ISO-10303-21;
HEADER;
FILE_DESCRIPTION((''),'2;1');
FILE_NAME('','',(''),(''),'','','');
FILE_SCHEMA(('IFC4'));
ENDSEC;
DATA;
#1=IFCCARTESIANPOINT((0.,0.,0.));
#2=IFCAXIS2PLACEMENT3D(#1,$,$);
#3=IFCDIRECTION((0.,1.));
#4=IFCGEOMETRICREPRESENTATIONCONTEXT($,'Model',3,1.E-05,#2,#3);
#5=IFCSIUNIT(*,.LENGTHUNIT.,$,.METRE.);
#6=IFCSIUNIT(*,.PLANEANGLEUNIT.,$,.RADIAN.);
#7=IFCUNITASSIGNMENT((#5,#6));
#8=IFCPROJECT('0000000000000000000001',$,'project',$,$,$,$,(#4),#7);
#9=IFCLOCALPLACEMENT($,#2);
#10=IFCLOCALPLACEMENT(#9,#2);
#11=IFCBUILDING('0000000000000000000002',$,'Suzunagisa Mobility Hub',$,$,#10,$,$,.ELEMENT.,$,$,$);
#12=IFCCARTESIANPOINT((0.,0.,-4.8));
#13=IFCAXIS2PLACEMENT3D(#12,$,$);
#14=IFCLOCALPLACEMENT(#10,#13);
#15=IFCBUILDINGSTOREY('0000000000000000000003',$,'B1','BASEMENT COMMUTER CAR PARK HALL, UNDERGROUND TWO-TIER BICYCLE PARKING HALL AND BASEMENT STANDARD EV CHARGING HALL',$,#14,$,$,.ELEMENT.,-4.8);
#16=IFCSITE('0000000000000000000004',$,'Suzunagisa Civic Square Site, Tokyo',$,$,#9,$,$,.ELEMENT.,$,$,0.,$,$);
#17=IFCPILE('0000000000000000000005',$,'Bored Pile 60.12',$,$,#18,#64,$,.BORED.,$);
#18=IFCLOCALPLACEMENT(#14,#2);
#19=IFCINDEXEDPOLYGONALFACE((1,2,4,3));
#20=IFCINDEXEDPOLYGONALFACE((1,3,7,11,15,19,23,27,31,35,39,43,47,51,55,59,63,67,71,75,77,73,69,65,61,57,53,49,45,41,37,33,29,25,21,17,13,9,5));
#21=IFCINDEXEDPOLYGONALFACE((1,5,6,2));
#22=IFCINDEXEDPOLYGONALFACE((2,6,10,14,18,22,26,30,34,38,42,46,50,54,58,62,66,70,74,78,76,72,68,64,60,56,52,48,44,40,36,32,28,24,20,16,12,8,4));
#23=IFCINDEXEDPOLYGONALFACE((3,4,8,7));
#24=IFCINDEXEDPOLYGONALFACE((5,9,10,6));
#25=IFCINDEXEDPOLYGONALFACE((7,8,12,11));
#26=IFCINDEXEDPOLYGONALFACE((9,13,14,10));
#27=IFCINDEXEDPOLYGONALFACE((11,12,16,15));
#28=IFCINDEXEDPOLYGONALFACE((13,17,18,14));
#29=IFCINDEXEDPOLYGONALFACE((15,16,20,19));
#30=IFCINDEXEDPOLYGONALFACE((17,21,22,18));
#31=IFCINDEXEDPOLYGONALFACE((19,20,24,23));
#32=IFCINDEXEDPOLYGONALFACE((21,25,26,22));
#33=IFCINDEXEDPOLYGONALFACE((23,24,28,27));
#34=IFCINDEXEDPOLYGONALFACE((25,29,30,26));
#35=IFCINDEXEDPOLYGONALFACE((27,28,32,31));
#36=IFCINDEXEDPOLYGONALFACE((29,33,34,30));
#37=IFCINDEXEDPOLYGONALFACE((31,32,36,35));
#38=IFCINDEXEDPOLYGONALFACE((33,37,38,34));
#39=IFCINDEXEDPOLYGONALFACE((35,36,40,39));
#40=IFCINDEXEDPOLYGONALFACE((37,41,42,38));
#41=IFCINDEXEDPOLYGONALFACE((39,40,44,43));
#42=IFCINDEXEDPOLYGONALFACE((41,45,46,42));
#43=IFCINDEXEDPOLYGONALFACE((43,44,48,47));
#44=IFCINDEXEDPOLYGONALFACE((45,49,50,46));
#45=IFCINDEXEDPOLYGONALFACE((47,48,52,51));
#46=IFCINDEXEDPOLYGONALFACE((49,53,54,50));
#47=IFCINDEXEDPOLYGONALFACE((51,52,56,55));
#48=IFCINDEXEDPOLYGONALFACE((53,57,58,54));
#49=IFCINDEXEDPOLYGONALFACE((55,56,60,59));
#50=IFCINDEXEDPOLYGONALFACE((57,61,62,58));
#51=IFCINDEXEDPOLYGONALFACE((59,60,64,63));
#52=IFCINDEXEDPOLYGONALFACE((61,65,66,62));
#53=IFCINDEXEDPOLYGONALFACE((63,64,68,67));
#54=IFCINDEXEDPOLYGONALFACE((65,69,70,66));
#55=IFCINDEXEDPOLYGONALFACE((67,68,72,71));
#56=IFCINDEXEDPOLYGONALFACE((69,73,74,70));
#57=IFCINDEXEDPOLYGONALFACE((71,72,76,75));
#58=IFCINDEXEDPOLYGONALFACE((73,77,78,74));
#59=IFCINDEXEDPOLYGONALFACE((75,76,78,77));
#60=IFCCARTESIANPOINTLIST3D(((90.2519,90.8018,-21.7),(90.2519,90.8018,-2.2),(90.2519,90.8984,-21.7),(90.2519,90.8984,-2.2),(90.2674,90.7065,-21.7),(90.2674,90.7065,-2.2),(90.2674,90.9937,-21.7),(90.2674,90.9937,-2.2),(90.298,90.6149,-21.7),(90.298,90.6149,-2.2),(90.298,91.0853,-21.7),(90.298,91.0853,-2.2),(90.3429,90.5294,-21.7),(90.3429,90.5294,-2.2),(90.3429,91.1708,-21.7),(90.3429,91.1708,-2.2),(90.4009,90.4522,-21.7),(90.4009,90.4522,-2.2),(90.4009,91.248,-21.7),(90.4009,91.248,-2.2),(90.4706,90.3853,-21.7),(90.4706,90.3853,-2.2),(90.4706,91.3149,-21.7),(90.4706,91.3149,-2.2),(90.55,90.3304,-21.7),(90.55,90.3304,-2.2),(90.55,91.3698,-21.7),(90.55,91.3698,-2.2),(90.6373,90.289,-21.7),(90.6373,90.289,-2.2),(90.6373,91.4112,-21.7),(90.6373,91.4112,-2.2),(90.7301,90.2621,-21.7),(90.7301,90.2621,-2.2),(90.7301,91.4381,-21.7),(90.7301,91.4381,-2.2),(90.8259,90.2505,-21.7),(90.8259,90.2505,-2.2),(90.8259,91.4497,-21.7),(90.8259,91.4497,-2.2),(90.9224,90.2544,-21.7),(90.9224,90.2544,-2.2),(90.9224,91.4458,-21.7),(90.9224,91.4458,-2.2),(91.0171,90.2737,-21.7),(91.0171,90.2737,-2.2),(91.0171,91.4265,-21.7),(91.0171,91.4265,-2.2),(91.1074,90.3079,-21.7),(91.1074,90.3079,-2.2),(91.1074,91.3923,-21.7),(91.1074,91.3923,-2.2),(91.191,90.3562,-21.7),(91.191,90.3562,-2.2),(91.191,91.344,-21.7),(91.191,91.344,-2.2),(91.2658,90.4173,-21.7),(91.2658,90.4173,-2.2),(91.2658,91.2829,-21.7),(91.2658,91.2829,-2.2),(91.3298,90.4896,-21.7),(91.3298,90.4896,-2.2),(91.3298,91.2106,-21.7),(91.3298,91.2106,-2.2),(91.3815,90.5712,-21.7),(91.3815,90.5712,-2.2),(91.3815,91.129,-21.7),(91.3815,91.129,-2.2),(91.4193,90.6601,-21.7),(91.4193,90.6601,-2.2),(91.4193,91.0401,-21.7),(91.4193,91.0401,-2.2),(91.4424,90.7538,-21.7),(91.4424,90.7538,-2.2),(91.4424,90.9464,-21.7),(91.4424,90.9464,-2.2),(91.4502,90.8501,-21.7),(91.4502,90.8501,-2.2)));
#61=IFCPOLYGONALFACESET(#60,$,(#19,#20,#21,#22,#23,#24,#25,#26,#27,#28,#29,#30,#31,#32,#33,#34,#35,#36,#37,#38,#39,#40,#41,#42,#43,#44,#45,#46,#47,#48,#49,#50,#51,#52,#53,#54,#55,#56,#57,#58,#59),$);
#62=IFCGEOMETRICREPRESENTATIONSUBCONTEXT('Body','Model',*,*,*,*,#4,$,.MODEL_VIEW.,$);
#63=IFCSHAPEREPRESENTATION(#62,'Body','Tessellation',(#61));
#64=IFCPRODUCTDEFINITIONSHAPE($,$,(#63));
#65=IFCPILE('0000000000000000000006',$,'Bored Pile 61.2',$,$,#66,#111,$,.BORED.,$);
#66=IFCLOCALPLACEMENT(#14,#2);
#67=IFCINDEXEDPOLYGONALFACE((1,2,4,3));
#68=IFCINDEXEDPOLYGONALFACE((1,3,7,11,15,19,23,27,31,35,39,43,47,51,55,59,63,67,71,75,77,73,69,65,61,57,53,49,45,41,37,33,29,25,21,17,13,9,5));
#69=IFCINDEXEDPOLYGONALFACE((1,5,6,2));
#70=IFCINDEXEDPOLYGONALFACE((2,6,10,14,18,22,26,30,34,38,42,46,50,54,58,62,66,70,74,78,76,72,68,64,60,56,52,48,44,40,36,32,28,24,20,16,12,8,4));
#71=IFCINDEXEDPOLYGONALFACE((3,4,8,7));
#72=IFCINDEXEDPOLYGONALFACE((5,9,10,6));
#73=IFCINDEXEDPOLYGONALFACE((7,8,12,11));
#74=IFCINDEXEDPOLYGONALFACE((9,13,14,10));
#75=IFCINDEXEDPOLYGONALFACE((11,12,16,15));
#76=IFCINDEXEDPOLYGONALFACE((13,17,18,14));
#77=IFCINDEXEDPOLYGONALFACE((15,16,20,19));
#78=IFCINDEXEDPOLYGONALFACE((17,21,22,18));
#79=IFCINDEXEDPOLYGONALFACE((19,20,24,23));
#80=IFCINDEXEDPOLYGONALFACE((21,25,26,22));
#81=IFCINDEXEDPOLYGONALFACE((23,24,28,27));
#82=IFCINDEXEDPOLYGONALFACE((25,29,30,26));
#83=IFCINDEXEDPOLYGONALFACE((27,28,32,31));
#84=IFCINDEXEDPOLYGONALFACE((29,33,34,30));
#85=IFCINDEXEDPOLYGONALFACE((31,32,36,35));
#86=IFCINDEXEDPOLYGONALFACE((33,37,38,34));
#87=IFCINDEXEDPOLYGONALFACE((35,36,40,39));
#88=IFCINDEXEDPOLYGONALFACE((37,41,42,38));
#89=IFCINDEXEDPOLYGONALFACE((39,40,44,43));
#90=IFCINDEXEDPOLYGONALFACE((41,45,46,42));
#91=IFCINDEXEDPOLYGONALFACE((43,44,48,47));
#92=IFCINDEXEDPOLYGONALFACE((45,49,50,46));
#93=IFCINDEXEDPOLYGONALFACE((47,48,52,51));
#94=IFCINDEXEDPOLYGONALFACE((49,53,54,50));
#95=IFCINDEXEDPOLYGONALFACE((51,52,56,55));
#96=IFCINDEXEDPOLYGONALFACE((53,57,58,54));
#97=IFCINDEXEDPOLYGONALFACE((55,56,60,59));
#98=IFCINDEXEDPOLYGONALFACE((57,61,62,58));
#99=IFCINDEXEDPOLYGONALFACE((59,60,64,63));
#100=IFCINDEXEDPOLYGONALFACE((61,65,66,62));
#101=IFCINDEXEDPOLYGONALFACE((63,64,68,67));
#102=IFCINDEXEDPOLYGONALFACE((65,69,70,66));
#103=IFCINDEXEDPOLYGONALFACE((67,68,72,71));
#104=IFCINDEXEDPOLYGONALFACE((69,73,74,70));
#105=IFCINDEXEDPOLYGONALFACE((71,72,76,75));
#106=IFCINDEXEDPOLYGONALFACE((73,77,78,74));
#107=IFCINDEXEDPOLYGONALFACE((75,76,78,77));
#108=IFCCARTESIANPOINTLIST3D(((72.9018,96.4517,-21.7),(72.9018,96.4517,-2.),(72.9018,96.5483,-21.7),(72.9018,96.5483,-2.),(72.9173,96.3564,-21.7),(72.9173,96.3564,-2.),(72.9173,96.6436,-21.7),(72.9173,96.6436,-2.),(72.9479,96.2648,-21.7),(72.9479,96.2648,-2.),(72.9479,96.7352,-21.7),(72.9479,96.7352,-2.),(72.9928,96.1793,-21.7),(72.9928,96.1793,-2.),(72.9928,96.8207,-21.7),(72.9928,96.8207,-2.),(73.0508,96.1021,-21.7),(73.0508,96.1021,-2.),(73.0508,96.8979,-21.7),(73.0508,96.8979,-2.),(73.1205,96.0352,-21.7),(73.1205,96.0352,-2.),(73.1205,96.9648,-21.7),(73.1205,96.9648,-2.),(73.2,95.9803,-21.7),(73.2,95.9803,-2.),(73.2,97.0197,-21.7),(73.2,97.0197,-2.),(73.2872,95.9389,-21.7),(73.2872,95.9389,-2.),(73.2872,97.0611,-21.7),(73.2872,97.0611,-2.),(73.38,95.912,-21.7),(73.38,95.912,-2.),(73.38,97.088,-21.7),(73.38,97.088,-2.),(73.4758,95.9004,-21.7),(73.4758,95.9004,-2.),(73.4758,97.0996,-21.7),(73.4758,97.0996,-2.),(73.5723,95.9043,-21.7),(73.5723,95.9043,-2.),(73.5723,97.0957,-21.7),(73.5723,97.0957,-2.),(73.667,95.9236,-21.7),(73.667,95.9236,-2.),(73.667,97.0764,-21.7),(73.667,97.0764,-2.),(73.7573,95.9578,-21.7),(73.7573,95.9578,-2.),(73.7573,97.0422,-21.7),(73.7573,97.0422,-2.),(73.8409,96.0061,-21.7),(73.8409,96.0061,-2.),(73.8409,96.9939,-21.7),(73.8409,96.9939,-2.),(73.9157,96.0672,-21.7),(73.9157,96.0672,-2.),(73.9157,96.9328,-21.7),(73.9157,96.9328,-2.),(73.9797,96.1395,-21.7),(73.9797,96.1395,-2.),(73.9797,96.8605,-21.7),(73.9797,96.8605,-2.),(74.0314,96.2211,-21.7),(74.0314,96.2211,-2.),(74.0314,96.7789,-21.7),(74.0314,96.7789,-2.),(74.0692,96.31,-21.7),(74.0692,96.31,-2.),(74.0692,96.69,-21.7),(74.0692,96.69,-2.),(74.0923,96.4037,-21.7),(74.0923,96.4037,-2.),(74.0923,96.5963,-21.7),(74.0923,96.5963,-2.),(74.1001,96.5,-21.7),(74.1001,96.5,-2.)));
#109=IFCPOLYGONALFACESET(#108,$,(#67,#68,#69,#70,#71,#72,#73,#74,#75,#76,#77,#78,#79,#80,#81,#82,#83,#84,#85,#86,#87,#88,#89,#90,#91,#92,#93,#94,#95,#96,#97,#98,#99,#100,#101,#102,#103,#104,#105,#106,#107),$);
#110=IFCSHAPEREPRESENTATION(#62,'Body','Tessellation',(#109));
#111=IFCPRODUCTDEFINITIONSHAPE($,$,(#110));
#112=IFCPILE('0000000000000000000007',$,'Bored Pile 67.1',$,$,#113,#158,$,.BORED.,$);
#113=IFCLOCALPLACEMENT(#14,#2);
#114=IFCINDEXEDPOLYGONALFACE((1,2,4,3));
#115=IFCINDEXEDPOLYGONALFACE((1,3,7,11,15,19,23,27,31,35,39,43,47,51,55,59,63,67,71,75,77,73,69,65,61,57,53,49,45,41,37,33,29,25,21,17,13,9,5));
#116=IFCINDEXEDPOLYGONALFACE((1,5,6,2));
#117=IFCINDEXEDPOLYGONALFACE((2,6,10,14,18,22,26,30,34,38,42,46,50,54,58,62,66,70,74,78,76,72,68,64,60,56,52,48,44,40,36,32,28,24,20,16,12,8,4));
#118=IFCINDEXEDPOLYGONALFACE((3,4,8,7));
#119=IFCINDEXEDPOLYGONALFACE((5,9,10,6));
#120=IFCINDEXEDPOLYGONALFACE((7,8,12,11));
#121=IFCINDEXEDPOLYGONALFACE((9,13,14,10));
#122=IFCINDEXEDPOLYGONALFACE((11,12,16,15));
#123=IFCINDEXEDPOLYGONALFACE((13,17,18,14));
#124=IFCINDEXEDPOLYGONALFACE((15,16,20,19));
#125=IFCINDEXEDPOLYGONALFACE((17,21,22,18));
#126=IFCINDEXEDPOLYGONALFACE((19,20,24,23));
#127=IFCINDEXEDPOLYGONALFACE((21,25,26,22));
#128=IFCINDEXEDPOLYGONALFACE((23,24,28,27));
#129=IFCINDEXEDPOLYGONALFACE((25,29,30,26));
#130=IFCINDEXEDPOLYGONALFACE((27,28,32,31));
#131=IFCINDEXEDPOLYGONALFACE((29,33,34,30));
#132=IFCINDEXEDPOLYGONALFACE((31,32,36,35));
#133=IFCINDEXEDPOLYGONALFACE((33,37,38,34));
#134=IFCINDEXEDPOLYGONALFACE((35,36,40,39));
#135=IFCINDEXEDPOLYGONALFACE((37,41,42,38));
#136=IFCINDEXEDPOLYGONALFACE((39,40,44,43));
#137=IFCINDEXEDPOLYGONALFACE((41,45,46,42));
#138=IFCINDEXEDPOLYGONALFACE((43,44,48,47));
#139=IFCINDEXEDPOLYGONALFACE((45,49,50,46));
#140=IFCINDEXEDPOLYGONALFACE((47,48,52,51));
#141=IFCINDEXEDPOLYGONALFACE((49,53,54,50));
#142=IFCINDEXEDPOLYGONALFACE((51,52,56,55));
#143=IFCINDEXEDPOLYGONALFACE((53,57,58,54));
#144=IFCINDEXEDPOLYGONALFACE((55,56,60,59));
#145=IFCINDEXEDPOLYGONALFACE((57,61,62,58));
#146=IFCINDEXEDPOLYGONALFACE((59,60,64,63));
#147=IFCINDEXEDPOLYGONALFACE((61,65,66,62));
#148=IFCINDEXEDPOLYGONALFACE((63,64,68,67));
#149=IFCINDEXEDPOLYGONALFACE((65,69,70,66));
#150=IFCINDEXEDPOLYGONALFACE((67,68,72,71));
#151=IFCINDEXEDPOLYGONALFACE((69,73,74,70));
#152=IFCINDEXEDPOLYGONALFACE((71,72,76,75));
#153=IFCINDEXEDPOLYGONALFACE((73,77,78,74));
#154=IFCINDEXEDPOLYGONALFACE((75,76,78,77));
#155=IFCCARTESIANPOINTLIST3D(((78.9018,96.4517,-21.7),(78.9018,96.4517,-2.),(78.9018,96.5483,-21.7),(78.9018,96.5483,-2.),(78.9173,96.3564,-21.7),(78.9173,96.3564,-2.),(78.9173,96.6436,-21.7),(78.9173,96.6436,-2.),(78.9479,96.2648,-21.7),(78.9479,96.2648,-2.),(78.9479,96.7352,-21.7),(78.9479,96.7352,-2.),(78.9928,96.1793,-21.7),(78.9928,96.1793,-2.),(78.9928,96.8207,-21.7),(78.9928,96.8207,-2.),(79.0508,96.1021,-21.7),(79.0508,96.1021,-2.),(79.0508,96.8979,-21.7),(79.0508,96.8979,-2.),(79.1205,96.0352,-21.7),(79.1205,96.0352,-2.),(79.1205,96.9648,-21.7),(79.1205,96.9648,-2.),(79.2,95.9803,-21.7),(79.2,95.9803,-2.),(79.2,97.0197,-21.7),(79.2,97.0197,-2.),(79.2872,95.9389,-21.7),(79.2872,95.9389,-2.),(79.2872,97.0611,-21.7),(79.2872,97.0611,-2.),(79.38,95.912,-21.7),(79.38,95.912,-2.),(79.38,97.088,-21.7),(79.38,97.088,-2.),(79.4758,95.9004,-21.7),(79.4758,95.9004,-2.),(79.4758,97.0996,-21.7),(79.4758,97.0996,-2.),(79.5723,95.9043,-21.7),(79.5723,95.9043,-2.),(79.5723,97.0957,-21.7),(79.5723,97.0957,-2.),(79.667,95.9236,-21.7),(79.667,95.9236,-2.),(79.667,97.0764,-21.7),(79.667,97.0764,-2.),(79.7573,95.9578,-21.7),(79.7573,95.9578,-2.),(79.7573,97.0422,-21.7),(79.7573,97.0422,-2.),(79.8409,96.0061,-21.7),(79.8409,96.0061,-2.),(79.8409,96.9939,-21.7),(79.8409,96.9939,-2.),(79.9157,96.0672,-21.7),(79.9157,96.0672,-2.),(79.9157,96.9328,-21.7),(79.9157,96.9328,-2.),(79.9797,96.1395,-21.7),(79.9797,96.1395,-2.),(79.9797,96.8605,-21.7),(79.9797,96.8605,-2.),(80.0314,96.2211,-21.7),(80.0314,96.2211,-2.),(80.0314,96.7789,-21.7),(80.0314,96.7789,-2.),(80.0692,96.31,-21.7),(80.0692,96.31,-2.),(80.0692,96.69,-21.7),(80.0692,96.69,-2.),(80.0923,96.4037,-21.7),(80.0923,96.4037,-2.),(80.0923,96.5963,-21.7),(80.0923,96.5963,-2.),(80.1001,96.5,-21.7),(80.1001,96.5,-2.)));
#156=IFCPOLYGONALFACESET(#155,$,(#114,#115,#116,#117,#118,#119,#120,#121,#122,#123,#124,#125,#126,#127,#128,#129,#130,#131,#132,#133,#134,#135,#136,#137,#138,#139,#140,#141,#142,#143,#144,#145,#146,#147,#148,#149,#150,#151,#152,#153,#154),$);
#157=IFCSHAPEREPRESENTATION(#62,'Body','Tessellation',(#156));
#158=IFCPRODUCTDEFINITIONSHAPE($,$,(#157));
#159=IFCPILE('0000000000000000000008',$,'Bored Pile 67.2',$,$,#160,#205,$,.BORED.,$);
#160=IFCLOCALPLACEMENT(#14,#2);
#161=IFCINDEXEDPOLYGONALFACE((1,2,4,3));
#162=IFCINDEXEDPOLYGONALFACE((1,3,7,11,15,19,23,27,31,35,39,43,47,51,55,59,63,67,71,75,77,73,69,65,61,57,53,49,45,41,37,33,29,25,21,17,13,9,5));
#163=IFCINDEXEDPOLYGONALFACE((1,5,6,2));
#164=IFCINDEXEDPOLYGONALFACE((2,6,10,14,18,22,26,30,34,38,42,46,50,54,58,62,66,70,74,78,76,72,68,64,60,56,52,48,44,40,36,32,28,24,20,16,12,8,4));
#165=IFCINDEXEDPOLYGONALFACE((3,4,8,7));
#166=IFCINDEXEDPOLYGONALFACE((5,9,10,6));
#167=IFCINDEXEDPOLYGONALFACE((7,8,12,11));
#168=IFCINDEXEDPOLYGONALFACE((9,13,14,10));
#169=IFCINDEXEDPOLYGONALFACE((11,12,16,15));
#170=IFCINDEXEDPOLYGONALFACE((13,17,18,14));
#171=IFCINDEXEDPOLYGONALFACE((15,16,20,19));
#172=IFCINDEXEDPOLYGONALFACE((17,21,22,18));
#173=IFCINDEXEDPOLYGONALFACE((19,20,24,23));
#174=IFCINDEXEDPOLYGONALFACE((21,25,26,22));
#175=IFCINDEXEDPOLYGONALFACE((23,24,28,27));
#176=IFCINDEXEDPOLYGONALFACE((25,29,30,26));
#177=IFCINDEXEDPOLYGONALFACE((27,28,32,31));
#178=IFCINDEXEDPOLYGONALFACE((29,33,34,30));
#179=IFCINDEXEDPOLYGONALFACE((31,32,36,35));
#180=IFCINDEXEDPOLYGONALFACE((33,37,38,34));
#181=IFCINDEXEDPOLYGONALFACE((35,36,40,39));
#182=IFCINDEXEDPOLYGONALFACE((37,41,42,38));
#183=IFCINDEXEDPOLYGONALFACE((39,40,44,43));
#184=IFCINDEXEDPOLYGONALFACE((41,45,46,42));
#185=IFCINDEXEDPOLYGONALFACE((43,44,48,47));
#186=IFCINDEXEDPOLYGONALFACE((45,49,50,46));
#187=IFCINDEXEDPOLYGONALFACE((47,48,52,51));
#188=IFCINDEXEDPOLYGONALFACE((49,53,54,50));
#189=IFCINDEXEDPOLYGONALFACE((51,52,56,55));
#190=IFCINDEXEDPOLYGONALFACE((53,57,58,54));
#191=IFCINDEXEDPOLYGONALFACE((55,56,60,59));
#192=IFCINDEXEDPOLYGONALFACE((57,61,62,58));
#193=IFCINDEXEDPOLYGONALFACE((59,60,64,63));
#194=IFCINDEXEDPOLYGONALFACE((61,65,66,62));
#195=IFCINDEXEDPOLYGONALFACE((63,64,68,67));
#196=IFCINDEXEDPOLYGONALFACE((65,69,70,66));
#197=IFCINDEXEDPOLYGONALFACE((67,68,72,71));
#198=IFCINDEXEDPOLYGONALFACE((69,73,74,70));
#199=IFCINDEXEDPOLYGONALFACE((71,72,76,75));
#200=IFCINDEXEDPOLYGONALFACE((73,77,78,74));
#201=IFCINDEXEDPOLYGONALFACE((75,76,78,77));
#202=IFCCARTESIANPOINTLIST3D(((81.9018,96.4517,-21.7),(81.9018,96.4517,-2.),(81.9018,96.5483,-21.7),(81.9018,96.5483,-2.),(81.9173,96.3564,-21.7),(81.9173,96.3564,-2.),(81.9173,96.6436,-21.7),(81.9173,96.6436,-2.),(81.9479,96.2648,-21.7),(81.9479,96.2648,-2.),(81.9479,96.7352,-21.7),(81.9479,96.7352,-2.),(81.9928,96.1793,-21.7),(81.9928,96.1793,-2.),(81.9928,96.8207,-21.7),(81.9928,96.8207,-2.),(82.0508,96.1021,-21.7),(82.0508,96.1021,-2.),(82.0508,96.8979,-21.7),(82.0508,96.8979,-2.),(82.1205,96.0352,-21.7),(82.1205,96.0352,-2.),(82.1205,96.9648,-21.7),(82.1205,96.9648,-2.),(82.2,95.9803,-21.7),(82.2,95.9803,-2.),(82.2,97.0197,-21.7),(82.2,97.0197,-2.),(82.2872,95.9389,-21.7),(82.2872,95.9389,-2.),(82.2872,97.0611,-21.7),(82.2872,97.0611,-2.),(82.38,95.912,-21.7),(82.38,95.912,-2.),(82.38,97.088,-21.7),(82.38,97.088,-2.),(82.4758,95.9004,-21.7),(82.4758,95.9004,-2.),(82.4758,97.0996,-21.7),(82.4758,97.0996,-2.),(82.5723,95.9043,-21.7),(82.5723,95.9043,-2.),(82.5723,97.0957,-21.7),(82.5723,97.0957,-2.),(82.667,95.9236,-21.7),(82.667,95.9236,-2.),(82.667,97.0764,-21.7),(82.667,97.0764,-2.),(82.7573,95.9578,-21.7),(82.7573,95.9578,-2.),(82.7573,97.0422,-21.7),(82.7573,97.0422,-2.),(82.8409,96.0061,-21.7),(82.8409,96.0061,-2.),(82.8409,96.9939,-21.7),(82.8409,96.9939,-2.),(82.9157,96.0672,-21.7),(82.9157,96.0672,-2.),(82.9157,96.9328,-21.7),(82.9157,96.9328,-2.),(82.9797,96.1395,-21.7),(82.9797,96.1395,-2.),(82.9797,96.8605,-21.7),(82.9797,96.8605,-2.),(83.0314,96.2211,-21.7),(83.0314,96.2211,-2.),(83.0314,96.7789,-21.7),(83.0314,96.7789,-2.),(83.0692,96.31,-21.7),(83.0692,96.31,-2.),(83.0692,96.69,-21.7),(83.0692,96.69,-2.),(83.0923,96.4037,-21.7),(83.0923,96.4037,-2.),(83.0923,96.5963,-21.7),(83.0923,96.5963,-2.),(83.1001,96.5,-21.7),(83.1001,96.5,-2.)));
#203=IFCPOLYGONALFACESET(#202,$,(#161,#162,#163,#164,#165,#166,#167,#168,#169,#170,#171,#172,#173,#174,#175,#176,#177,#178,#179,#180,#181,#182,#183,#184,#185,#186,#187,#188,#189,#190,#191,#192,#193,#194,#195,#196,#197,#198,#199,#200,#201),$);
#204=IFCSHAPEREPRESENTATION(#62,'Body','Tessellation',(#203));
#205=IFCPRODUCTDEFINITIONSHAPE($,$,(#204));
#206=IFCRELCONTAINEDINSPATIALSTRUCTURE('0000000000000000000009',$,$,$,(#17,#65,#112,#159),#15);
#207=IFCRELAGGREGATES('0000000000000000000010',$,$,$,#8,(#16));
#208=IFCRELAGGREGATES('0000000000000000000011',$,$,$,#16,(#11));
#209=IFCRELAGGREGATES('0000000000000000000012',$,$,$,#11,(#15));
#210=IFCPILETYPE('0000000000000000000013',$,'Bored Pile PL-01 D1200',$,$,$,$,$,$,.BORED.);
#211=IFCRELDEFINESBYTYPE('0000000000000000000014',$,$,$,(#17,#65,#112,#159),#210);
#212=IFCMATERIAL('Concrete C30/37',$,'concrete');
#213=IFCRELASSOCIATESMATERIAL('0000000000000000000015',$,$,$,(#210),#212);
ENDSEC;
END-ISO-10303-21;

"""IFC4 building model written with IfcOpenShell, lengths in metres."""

from ifc_helpers import new_model, si_unit, direction, frame, origin, origin_2d, place, context, subcontext, project, spatial, circle, extrude, material, material_profile, profile_set, type_object, element, save


model = new_model("IFC4")

# Units and contexts
model_context = context("Model", 3, precision=1e-05, world=origin(), true_north=direction((0.0, 1.0)))
body_context = subcontext(model_context, "Body", "Model", "MODEL_VIEW")
ifc_project = project(units=[si_unit("LENGTHUNIT", "METRE"), si_unit("PLANEANGLEUNIT", "RADIAN")], contexts=[model_context])

# Site, building, storey
site_placement = place(None, origin())
site = spatial("IfcSite", under=ifc_project, at=site_placement, Name="Suzunagisa Civic Square Site, Tokyo", CompositionType="ELEMENT", RefElevation=0.0)
building_placement = place(site_placement, origin())
building = spatial("IfcBuilding", under=site, at=building_placement, Name="Suzunagisa Mobility Hub", CompositionType="ELEMENT")
storey_placement = place(building_placement, frame((0.0, 0.0, -4.8)))
storey = spatial("IfcBuildingStorey", under=building, at=storey_placement, Name="B1", Description="BASEMENT COMMUTER CAR PARK HALL, UNDERGROUND TWO-TIER BICYCLE PARKING HALL AND BASEMENT STANDARD EV CHARGING HALL", CompositionType="ELEMENT", Elevation=-4.8)

# Piles
ifc_material_1 = material(Name="Concrete C30/37", Category="concrete")
ifc_material_profile_1 = material_profile(ifc_material_1, circle(Radius=0.6001, at=origin_2d()), Name="BORED PILE D1200")
ifc_profile_set_1 = profile_set([ifc_material_profile_1], Name="Concrete C30/37")
pile_type = type_object("IfcPileType", Name="Bored Pile PL-01 D1200", PredefinedType="BORED", material=ifc_profile_set_1)
for number, where, z_axis, x_axis, name in (
    (1, (90.8501, 90.8501, -2.2), (0.0, 0.0, -1.0), (1.0, 0.0, 0.0), "Bored Pile 60.12"),
):
    element("IfcPile", number, at=place(storey_placement, frame(where, z_axis=z_axis, x_axis=x_axis)), inside=storey, type_object=pile_type, Name=name, PredefinedType="BORED", context=body_context, shape_type="SweptSolid", body=[
        extrude(circle(Radius=0.6001, at=origin_2d()), origin(), (0.0, 0.0, 1.0), 19.5),
    ])
for number, where, z_axis, x_axis, name in (
    (2, (73.5, 96.5, -2.0), (0.0, 0.0, -1.0), (1.0, 0.0, 0.0), "Bored Pile 61.2"),
    (3, (79.5, 96.5, -2.0), (0.0, 0.0, -1.0), (1.0, 0.0, 0.0), "Bored Pile 67.1"),
    (4, (82.5, 96.5, -2.0), (0.0, 0.0, -1.0), (1.0, 0.0, 0.0), "Bored Pile 67.2"),
):
    element("IfcPile", number, at=place(storey_placement, frame(where, z_axis=z_axis, x_axis=x_axis)), inside=storey, type_object=pile_type, Name=name, PredefinedType="BORED", context=body_context, shape_type="SweptSolid", body=[
        extrude(circle(Radius=0.6001, at=origin_2d()), origin(), (0.0, 0.0, 1.0), 19.7),
    ])

save(model, "model.ifc")
